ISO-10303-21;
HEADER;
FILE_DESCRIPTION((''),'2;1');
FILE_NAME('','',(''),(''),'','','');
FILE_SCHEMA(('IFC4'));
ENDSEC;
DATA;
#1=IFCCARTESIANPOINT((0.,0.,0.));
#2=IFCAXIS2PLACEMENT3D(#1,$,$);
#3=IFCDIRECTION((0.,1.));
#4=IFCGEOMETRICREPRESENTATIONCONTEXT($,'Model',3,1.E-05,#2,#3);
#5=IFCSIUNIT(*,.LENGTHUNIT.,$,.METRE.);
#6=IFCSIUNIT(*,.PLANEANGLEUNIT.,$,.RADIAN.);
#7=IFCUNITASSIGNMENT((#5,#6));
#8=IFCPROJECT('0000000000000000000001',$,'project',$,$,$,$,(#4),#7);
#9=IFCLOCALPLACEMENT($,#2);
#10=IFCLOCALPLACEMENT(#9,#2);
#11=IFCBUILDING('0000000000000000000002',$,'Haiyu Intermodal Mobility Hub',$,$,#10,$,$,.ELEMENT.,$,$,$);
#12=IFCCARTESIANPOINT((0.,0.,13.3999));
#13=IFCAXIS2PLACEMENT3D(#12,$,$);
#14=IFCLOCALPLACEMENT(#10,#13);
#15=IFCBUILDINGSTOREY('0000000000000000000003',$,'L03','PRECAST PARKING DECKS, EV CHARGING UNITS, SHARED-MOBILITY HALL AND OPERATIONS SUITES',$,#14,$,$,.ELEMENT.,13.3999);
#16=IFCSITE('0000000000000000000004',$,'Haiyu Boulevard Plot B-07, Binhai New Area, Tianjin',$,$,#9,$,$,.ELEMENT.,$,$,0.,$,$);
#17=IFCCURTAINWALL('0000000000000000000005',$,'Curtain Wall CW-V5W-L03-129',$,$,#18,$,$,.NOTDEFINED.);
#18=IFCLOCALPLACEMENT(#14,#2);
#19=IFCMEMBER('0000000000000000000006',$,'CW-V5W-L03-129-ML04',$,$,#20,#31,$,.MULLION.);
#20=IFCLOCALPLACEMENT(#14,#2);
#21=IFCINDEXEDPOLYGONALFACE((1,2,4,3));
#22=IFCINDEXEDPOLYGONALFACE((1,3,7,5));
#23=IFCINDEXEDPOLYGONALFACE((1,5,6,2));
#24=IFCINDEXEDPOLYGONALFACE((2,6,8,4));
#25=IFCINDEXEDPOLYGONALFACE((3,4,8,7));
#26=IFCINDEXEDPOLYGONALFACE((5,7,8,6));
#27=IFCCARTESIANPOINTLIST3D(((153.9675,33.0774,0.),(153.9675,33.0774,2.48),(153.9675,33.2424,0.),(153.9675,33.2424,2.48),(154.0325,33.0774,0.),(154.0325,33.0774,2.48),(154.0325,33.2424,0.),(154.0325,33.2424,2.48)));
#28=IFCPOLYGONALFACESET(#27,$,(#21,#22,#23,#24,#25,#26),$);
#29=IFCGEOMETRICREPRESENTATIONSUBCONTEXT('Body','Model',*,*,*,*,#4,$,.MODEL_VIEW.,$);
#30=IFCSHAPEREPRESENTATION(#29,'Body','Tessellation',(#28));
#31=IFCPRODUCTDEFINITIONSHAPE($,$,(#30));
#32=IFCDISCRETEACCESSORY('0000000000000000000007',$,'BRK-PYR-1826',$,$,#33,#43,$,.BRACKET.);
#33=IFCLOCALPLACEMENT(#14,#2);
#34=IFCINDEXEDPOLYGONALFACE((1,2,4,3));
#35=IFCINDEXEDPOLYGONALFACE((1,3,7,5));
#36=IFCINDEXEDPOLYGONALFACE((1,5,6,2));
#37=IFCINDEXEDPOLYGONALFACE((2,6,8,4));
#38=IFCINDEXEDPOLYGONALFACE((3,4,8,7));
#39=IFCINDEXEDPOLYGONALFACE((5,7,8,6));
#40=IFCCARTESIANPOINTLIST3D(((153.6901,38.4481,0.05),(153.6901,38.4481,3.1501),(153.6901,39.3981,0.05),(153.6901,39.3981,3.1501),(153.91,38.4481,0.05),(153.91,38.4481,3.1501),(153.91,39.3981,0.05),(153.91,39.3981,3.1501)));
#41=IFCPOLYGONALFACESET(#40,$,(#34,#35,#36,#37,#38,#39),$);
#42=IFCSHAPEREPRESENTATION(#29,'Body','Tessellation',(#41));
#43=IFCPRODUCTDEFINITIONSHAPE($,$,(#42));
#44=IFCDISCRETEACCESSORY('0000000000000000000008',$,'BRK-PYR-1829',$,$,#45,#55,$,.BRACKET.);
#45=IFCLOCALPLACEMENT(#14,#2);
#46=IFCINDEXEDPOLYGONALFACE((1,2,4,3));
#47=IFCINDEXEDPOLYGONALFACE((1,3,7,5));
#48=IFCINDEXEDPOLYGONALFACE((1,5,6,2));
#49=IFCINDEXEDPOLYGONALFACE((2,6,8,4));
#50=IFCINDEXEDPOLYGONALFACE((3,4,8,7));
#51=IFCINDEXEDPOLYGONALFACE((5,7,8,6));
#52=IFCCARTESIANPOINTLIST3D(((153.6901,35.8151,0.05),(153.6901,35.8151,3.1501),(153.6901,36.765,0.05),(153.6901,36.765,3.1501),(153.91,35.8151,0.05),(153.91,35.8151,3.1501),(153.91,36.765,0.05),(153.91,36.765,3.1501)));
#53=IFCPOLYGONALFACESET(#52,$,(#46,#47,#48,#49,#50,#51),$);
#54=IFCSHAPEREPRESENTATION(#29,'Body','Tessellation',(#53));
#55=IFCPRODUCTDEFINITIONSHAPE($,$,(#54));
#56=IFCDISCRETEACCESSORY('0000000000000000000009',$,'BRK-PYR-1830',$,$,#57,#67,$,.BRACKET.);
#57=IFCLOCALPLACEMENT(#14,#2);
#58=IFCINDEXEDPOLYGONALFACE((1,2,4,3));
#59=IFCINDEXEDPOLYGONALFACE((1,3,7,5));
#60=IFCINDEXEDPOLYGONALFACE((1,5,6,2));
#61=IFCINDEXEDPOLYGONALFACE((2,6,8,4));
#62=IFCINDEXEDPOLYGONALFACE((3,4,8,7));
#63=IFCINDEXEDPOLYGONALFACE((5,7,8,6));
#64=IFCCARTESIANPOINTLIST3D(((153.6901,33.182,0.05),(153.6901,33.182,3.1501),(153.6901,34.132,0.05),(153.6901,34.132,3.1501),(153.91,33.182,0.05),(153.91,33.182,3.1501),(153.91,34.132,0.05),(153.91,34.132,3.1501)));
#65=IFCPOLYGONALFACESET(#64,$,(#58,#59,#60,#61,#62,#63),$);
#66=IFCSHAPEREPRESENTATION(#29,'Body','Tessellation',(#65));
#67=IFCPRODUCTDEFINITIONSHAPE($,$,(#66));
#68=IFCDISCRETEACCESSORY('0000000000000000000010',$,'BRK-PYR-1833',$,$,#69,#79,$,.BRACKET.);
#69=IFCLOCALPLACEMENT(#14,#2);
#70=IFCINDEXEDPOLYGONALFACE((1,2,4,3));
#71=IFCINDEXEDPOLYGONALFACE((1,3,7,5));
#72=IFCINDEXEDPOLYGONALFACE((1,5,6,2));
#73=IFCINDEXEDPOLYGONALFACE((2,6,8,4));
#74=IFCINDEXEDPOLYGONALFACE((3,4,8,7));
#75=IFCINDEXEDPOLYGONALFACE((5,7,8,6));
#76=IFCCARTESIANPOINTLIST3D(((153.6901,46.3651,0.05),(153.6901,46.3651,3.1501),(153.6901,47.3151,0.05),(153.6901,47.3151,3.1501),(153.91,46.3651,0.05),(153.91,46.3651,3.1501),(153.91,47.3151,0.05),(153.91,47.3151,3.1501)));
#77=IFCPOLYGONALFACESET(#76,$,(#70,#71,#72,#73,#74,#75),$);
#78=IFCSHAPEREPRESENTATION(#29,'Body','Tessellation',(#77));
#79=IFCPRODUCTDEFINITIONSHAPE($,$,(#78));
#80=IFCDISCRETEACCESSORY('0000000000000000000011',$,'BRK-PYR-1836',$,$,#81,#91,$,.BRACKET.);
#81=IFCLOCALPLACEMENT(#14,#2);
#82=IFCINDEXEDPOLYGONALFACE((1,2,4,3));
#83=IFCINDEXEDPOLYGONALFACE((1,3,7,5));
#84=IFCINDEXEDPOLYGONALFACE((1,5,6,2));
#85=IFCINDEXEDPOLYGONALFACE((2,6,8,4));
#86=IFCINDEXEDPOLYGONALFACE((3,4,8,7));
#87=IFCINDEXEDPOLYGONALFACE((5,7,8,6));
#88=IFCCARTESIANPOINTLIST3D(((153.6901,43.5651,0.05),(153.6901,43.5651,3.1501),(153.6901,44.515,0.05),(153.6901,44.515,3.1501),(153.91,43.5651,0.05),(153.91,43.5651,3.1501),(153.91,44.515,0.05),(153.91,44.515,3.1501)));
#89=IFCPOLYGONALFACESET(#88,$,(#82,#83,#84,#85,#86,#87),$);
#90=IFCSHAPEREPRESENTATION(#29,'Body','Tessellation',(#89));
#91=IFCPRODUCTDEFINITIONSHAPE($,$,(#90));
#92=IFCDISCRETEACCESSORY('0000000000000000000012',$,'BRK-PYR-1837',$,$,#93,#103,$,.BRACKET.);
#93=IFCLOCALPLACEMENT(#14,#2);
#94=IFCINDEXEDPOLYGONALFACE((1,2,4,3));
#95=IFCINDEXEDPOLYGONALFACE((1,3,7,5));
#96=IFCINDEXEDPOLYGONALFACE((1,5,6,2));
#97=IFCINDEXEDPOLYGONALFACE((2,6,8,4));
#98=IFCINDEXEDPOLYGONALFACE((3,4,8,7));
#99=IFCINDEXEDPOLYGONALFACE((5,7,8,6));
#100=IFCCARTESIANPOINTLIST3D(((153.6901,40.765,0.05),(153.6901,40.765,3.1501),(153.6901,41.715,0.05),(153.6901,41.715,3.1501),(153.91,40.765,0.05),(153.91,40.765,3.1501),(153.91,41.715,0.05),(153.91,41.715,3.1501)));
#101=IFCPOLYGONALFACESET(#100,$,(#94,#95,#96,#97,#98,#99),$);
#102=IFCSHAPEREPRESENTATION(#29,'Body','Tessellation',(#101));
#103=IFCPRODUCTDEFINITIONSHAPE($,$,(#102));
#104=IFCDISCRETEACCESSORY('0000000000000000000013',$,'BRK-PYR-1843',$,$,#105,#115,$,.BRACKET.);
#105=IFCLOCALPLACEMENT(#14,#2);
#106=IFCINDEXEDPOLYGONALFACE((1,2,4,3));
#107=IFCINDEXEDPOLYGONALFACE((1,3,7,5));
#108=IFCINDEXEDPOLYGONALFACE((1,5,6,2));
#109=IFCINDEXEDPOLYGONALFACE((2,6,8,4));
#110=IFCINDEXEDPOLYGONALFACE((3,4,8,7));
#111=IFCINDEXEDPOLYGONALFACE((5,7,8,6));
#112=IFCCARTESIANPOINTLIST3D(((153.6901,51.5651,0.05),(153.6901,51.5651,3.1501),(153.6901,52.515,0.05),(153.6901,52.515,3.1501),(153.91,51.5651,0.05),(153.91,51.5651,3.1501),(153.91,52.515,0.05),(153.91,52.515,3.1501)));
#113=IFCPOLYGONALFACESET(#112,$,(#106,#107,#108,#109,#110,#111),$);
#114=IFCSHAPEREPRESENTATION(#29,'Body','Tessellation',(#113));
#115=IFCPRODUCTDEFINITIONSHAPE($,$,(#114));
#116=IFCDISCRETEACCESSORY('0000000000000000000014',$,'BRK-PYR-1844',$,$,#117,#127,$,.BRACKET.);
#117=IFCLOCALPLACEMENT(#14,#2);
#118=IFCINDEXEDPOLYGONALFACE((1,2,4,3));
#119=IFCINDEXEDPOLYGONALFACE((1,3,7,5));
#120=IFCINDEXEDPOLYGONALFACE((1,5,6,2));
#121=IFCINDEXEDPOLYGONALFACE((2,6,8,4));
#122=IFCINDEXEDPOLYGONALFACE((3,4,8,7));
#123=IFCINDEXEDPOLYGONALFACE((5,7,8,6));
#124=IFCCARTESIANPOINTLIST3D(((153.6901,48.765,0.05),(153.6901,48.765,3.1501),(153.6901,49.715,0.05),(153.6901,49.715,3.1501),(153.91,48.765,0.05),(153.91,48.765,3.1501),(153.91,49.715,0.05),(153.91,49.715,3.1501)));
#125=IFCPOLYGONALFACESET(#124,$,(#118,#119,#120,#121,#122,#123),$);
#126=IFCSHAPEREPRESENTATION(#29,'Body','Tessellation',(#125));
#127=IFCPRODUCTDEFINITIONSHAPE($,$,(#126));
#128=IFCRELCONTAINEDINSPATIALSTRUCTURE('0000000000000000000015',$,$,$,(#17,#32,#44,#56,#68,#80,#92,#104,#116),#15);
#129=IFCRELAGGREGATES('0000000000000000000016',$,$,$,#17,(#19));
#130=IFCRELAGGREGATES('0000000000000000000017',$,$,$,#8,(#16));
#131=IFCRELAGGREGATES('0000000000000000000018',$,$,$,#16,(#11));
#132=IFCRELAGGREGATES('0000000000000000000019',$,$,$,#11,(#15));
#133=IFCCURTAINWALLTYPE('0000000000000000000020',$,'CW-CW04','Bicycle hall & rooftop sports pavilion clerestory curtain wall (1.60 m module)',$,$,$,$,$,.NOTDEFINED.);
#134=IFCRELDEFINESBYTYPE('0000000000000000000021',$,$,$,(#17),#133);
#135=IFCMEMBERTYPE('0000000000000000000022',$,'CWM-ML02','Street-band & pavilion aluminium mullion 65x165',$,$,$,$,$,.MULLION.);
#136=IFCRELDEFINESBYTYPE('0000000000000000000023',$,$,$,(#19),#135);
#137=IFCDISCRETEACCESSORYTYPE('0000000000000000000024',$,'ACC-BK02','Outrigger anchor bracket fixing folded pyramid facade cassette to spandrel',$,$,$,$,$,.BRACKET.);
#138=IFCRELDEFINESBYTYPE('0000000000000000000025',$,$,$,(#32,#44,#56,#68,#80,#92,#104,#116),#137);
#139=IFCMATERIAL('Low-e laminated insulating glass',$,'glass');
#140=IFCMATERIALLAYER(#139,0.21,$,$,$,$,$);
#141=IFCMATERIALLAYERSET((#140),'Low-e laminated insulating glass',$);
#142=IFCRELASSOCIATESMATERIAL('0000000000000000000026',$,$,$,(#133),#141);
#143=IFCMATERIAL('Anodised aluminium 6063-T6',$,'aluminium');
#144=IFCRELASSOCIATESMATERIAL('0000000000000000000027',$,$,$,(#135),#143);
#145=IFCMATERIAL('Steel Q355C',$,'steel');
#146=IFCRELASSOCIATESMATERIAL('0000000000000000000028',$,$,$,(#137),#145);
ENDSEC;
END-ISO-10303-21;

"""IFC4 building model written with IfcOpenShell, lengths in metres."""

from ifc_helpers import new_model, si_unit, direction, frame, origin, origin_2d, place, context, subcontext, project, spatial, rectangle, extrude, material, layer, layer_set, material_profile, profile_set, type_object, element, aggregate, save


model = new_model("IFC4")

# Units and contexts
model_context = context("Model", 3, precision=1e-05, world=origin(), true_north=direction((0.0, 1.0)))
body_context = subcontext(model_context, "Body", "Model", "MODEL_VIEW")
ifc_project = project(units=[si_unit("LENGTHUNIT", "METRE"), si_unit("PLANEANGLEUNIT", "RADIAN")], contexts=[model_context])

# Site, building, storey
site_placement = place(None, origin())
site = spatial("IfcSite", under=ifc_project, at=site_placement, Name="Haiyu Boulevard Plot B-07, Binhai New Area, Tianjin", CompositionType="ELEMENT", RefElevation=0.0)
building_placement = place(site_placement, origin())
building = spatial("IfcBuilding", under=site, at=building_placement, Name="Haiyu Intermodal Mobility Hub", CompositionType="ELEMENT")
storey_placement = place(building_placement, frame((0.0, 0.0, 13.3999)))
storey = spatial("IfcBuildingStorey", under=building, at=storey_placement, Name="L03", Description="PRECAST PARKING DECKS, EV CHARGING UNITS, SHARED-MOBILITY HALL AND OPERATIONS SUITES", CompositionType="ELEMENT", Elevation=13.3999)

# Curtain wall, member
ifc_material_1 = material(Name="Low-e laminated insulating glass", Category="glass")
ifc_layer = layer(ifc_material_1, 0.21)
ifc_layer_set = layer_set([ifc_layer], Name="Low-e laminated insulating glass")
curtain_wall_type = type_object("IfcCurtainWallType", Name="CW-CW04", Description="Bicycle hall & rooftop sports pavilion clerestory curtain wall (1.60 m module)", PredefinedType="NOTDEFINED", material=ifc_layer_set)
curtain_wall_placement = place(storey_placement, origin())
curtain_wall = element("IfcCurtainWall", 1, at=curtain_wall_placement, inside=storey, type_object=curtain_wall_type, Name="Curtain Wall CW-V5W-L03-129", PredefinedType="NOTDEFINED")
ifc_material_2 = material(Name="Anodised aluminium 6063-T6", Category="aluminium")
ifc_material_profile_1 = material_profile(ifc_material_2, rectangle(XDim=0.0649, YDim=0.165, at=origin_2d()), Name="ALU65x165")
ifc_profile_set_1 = profile_set([ifc_material_profile_1], Name="Anodised aluminium 6063-T6")
member_type = type_object("IfcMemberType", Name="CWM-ML02", Description="Street-band & pavilion aluminium mullion 65x165", PredefinedType="MULLION", material=ifc_profile_set_1)
member_1_placement = place(storey_placement, frame((154.0, 33.1599, 0.0), z_axis=(0.0, 0.0, 1.0), x_axis=(1.0, 0.0, 0.0)))
member_1 = element("IfcMember", 2, at=member_1_placement, type_object=member_type, Name="CW-V5W-L03-129-ML04", PredefinedType="MULLION", context=body_context, shape_type="SweptSolid", body=[
    extrude(rectangle(XDim=0.0649, YDim=0.165, at=origin_2d()), origin(), (0.0, 0.0, 1.0), 2.48),
])
aggregate(curtain_wall, [member_1])

# Discrete accessories
ifc_material_3 = material(Name="Steel Q355C", Category="steel")
discrete_accessory_type = type_object("IfcDiscreteAccessoryType", Name="ACC-BK02", Description="Outrigger anchor bracket fixing folded pyramid facade cassette to spandrel", PredefinedType="BRACKET", material=ifc_material_3)
for number, where, z_axis, x_axis, name in (
    (3, (153.8, 38.9231, 0.05), (0.0, 0.0, 1.0), (1.0, 0.0, 0.0), "BRK-PYR-1826"),
    (4, (153.8, 36.29, 0.05), (0.0, 0.0, 1.0), (1.0, 0.0, 0.0), "BRK-PYR-1829"),
    (5, (153.8, 33.657, 0.05), (0.0, 0.0, 1.0), (1.0, 0.0, 0.0), "BRK-PYR-1830"),
    (6, (153.8, 46.8401, 0.05), (0.0, 0.0, 1.0), (1.0, 0.0, 0.0), "BRK-PYR-1833"),
    (7, (153.8, 44.04, 0.05), (0.0, 0.0, 1.0), (1.0, 0.0, 0.0), "BRK-PYR-1836"),
    (8, (153.8, 41.24, 0.05), (0.0, 0.0, 1.0), (1.0, 0.0, 0.0), "BRK-PYR-1837"),
    (9, (153.8, 52.04, 0.05), (0.0, 0.0, 1.0), (1.0, 0.0, 0.0), "BRK-PYR-1843"),
    (10, (153.8, 49.24, 0.05), (0.0, 0.0, 1.0), (1.0, 0.0, 0.0), "BRK-PYR-1844"),
):
    element("IfcDiscreteAccessory", number, at=place(storey_placement, frame(where, z_axis=z_axis, x_axis=x_axis)), inside=storey, type_object=discrete_accessory_type, Name=name, PredefinedType="BRACKET", context=body_context, shape_type="SweptSolid", body=[
        extrude(rectangle(XDim=0.22, YDim=0.95, at=origin_2d()), origin(), (0.0, 0.0, 1.0), 3.1001),
    ])

save(model, "model.ifc")
